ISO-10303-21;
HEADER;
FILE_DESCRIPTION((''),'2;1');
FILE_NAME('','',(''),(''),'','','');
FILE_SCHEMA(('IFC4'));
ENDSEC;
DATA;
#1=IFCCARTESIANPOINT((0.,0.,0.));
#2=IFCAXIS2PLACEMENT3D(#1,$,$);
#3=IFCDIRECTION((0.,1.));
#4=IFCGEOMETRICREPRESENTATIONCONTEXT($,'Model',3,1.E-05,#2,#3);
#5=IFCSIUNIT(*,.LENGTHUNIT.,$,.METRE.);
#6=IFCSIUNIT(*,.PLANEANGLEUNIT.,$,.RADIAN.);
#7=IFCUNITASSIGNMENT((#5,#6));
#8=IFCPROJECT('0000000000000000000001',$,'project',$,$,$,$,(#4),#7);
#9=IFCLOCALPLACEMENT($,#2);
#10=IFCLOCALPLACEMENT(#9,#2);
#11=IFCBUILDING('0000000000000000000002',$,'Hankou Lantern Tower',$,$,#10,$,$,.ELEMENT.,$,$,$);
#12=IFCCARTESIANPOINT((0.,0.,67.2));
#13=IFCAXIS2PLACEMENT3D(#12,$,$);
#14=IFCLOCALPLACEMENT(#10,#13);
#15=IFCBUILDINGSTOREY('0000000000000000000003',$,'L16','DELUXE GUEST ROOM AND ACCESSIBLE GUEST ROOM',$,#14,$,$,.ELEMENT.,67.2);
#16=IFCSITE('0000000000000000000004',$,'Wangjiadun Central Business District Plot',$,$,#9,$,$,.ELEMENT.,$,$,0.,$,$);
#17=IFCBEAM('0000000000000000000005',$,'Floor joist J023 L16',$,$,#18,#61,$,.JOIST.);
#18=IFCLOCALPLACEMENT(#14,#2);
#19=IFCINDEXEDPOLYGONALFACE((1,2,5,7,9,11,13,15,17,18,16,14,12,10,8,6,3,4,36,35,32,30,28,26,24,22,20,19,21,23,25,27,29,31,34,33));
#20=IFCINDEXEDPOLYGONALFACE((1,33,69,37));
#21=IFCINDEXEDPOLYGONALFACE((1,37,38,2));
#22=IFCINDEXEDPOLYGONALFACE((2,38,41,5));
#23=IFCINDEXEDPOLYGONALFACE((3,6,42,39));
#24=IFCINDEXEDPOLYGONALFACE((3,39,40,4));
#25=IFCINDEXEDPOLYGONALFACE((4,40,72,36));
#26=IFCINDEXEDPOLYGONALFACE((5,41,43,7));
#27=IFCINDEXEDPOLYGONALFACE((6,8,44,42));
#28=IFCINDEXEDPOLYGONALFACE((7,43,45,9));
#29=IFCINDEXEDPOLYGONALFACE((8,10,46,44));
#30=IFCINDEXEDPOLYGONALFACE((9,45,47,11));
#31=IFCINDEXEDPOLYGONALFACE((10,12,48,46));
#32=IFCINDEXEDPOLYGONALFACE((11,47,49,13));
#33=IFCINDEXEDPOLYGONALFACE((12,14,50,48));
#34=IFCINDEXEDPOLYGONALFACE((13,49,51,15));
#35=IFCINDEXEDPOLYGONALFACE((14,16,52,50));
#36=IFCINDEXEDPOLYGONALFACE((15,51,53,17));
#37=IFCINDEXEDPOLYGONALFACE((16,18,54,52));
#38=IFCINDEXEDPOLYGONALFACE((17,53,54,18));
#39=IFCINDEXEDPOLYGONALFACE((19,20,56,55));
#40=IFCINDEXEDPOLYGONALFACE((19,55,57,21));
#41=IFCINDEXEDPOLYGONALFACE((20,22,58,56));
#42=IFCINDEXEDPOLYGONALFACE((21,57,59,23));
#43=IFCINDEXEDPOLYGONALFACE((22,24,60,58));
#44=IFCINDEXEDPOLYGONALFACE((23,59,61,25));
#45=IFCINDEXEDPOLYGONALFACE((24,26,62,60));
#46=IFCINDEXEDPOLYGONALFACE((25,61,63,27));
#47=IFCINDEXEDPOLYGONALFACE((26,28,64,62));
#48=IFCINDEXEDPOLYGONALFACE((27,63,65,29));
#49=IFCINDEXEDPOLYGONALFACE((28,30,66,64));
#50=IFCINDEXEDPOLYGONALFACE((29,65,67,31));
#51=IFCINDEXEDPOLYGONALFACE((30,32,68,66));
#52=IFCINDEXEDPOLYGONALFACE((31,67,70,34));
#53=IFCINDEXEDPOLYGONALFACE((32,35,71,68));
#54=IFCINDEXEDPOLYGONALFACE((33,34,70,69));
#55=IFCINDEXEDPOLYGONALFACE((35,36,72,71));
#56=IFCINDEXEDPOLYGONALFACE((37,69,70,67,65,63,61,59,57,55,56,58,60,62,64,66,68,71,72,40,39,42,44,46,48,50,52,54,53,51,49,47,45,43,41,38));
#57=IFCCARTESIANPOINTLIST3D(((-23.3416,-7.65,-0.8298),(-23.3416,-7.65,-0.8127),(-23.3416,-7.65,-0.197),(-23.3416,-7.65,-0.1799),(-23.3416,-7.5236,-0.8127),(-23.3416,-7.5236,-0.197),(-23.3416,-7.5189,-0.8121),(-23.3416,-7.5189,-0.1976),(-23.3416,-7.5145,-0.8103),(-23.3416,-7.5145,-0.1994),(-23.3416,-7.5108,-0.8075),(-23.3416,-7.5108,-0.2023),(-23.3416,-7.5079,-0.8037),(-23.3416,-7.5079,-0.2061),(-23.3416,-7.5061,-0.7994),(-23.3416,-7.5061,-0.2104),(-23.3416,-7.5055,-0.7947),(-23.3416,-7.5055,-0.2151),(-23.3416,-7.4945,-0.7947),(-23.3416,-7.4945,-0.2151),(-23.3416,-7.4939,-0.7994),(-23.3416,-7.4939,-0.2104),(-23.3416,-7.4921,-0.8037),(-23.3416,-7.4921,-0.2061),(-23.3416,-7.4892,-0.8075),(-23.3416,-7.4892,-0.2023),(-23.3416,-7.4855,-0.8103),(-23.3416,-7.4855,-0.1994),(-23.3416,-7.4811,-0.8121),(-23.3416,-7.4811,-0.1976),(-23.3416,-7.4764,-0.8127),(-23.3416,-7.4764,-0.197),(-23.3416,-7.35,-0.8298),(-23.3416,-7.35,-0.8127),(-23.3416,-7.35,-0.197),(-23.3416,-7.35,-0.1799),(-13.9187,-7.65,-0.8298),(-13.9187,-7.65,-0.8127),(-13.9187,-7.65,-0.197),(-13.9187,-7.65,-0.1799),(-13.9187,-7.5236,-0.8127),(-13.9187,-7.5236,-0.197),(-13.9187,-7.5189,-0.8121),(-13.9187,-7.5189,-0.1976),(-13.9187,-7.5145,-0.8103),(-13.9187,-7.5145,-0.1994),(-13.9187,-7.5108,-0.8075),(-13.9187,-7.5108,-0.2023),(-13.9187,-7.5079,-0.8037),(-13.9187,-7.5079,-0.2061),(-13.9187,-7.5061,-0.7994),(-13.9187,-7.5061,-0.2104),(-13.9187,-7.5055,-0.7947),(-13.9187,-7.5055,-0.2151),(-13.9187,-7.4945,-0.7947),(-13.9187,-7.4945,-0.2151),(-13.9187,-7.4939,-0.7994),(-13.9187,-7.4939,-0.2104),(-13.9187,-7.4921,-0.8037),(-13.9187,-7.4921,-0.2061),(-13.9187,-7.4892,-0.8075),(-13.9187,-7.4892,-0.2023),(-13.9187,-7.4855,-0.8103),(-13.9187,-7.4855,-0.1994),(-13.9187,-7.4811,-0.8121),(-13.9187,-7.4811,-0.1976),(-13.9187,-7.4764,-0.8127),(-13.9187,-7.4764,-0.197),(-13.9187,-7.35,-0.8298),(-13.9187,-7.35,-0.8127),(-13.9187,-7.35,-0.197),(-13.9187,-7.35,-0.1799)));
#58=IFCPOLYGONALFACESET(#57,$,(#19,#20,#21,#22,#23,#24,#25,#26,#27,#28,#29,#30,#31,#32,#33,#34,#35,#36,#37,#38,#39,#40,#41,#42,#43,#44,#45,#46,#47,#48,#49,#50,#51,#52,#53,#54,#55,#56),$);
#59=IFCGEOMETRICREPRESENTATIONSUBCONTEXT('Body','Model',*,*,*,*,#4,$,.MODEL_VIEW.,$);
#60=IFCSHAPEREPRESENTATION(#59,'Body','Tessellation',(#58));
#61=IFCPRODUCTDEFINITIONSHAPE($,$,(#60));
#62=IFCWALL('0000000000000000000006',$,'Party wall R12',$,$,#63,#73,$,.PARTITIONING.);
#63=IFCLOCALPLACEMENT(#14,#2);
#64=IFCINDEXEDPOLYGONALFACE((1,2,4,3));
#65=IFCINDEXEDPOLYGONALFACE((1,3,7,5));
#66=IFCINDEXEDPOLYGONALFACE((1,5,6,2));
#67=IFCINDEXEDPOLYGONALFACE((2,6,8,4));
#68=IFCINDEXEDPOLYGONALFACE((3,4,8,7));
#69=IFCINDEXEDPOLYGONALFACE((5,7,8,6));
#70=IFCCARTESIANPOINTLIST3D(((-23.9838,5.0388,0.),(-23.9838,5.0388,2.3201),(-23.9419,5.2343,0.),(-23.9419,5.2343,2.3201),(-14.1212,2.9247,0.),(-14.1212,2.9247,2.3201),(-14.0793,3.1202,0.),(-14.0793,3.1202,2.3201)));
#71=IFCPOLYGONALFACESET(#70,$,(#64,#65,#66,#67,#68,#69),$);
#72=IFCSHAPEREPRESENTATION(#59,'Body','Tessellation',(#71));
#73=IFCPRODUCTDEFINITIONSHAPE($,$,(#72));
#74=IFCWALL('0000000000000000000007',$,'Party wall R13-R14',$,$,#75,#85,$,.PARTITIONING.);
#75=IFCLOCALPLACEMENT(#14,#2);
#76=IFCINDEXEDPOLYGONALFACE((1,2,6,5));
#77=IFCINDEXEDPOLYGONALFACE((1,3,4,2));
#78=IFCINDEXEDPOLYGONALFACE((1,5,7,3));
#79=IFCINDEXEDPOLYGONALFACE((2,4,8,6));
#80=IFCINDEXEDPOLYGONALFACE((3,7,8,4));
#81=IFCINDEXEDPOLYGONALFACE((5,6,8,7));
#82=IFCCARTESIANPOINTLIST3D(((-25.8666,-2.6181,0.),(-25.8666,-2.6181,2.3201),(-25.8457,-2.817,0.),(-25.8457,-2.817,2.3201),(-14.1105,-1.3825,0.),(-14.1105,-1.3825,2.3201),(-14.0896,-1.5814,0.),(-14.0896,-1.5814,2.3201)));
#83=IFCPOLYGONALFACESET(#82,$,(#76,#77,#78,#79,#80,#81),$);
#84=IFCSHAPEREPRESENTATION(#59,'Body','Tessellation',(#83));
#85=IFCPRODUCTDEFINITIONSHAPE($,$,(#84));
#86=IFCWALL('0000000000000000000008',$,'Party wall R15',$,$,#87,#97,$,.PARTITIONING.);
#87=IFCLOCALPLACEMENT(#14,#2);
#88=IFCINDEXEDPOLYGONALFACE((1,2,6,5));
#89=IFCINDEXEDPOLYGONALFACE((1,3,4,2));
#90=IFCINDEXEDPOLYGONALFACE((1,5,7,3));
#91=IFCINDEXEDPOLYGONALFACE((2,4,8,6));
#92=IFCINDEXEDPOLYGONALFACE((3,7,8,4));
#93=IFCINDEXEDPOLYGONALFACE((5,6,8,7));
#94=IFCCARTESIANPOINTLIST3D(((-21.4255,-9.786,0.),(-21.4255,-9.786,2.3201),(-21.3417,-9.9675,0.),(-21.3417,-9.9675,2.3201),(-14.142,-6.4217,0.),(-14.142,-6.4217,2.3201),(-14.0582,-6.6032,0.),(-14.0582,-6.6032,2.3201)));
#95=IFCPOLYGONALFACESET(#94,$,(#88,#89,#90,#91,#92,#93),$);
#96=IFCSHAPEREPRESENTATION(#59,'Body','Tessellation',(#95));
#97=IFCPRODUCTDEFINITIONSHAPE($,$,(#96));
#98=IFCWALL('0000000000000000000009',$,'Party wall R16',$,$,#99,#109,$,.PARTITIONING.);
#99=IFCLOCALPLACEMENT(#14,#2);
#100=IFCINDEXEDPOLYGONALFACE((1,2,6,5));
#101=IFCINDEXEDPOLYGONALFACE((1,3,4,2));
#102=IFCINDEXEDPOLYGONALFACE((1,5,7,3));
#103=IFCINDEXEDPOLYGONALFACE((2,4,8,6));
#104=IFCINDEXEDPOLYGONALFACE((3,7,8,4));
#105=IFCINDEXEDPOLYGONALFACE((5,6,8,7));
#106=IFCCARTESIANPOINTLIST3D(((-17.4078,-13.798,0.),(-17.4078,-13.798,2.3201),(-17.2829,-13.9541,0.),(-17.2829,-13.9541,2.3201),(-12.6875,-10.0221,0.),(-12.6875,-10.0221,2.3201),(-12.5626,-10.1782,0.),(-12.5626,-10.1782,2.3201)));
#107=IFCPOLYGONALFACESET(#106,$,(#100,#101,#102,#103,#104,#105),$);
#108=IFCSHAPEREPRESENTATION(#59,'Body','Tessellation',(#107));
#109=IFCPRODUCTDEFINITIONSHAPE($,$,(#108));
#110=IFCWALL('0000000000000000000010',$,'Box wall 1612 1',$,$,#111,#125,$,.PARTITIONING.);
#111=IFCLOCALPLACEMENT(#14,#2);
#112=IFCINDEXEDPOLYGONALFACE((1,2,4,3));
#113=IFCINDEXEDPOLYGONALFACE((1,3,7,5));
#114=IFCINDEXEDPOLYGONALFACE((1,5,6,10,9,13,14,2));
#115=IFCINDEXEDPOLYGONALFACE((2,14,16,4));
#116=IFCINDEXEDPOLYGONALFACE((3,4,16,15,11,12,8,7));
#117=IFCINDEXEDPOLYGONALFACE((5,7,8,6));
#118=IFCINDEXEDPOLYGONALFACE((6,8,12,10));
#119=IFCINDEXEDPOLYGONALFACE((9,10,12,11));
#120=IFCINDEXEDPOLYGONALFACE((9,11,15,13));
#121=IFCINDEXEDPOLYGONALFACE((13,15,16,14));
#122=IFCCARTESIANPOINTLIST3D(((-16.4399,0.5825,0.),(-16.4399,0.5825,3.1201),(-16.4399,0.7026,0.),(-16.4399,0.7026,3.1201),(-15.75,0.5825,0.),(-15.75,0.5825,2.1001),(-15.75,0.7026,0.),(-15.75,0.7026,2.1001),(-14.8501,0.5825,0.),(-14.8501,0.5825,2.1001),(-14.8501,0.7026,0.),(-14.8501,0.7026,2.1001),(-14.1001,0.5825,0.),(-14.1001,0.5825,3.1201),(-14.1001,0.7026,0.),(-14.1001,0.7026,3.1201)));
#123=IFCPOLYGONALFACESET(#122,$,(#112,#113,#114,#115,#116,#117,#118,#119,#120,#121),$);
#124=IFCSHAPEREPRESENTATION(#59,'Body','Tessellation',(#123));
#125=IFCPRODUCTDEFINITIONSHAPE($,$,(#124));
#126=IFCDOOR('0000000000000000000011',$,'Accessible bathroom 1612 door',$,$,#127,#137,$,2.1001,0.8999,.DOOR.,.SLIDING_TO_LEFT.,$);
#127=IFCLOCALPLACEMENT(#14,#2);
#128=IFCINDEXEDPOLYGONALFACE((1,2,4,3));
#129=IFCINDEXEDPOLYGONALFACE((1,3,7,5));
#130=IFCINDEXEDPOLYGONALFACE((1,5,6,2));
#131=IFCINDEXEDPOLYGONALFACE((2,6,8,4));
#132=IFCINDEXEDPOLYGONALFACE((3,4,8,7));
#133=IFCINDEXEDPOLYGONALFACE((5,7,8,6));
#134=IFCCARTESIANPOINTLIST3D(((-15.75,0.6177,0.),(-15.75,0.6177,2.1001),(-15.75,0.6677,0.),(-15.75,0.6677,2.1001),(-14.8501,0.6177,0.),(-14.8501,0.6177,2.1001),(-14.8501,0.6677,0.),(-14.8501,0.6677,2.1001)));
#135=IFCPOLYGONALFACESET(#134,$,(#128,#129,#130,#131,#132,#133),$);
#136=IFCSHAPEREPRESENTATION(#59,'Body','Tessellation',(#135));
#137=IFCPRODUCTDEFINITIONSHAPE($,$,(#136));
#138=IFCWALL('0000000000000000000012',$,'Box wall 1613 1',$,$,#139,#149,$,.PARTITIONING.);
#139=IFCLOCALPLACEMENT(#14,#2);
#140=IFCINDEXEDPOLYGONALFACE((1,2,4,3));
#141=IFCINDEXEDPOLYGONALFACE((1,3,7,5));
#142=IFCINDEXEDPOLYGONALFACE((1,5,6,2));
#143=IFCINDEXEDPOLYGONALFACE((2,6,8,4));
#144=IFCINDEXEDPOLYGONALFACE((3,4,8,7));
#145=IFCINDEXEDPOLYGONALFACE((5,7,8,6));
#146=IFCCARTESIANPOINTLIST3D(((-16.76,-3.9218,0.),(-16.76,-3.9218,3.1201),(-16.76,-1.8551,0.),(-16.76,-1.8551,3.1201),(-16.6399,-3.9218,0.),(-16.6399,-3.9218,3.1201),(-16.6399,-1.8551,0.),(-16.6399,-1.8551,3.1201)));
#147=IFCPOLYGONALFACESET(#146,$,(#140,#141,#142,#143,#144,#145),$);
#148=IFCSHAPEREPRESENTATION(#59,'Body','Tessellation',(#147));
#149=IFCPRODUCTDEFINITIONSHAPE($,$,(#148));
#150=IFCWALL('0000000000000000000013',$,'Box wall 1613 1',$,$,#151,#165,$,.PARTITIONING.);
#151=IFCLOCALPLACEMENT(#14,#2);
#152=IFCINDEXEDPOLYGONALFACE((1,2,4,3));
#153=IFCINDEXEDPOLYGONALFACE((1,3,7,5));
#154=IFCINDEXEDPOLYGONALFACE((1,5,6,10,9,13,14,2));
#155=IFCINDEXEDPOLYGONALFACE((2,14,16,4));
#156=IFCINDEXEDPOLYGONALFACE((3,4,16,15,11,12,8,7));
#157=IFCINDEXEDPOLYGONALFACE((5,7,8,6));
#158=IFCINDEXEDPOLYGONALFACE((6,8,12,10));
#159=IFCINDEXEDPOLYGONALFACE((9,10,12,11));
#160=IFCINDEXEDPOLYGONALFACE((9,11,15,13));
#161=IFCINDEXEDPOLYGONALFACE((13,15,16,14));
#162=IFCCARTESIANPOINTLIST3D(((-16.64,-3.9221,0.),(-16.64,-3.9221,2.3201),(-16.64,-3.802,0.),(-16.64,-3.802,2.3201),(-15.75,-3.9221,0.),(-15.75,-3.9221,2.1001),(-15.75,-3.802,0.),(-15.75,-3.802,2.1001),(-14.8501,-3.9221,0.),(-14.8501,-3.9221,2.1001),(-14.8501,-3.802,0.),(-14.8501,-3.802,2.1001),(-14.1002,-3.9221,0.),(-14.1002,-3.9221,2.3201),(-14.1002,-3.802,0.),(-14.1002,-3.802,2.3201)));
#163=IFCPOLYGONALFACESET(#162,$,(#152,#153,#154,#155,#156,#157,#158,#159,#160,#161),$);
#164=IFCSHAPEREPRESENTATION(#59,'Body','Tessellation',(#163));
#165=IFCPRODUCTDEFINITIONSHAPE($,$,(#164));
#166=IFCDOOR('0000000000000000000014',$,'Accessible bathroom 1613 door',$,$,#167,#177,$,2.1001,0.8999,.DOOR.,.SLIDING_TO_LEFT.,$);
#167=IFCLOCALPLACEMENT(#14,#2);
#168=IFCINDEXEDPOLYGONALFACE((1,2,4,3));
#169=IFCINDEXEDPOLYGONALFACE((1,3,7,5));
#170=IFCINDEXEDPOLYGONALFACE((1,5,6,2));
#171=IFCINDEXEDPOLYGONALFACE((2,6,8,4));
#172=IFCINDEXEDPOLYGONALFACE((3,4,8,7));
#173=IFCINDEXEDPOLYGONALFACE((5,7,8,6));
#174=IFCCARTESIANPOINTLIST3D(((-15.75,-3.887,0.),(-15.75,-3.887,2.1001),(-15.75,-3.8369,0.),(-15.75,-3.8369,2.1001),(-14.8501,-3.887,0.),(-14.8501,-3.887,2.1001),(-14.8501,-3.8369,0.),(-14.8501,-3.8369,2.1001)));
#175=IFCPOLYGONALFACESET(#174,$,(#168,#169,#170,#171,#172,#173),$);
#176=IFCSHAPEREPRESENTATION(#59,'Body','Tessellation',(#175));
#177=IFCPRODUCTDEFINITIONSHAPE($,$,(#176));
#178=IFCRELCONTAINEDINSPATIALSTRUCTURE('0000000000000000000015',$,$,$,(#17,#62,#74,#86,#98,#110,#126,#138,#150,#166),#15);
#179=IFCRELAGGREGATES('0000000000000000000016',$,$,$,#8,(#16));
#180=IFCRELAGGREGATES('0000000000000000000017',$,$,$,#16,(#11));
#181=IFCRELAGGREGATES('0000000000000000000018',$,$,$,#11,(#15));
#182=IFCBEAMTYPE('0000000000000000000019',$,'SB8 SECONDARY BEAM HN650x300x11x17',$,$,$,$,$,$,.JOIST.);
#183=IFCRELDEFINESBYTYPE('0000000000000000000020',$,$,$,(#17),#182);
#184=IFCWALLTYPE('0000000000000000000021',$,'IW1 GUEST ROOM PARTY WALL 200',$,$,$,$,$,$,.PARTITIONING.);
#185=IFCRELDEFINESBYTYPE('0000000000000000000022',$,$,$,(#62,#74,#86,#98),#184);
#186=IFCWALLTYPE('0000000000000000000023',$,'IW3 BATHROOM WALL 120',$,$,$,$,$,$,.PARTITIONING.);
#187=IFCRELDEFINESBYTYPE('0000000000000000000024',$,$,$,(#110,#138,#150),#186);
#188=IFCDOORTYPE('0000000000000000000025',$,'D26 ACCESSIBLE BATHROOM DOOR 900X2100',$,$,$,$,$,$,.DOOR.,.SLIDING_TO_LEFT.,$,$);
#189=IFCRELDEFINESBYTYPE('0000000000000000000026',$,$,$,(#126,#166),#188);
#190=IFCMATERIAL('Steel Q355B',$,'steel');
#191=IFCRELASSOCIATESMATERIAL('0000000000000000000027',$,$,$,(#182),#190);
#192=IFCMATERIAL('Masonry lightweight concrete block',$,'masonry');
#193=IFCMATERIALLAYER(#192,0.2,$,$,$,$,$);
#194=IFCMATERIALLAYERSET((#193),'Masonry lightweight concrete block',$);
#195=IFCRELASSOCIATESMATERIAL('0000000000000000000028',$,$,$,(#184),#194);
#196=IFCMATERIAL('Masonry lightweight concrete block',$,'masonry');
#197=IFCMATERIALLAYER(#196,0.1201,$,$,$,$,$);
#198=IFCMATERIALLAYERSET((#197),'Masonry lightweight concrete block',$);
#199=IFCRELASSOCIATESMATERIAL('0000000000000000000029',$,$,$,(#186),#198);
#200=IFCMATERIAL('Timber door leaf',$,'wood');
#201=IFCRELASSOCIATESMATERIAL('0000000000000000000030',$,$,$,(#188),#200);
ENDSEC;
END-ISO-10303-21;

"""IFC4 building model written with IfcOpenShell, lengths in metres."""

from ifc_helpers import new_model, si_unit, direction, frame, frame_2d, origin, origin_2d, place, context, subcontext, project, spatial, rectangle, i_section, extrude, material, layer, layer_set, material_profile, profile_set, type_object, element, fill, save


model = new_model("IFC4")

# Units and contexts
model_context = context("Model", 3, precision=1e-05, world=origin(), true_north=direction((0.0, 1.0)))
body_context = subcontext(model_context, "Body", "Model", "MODEL_VIEW")
ifc_project = project(units=[si_unit("LENGTHUNIT", "METRE"), si_unit("PLANEANGLEUNIT", "RADIAN")], contexts=[model_context])

# Site, building, storey
site_placement = place(None, origin())
site = spatial("IfcSite", under=ifc_project, at=site_placement, Name="Wangjiadun Central Business District Plot", CompositionType="ELEMENT", RefElevation=0.0)
building_placement = place(site_placement, origin())
building = spatial("IfcBuilding", under=site, at=building_placement, Name="Hankou Lantern Tower", CompositionType="ELEMENT")
storey_placement = place(building_placement, frame((0.0, 0.0, 67.2)))
storey = spatial("IfcBuildingStorey", under=building, at=storey_placement, Name="L16", Description="DELUXE GUEST ROOM AND ACCESSIBLE GUEST ROOM", CompositionType="ELEMENT", Elevation=67.2)

# Beam
ifc_material_1 = material(Name="Steel Q355B", Category="steel")
ifc_material_profile_1 = material_profile(ifc_material_1, i_section(OverallWidth=0.3, OverallDepth=0.6499, WebThickness=0.011, FlangeThickness=0.0171, FilletRadius=0.0181, at=origin_2d()), Name="HN650x300x11x17")
ifc_profile_set_1 = profile_set([ifc_material_profile_1], Name="Steel Q355B")
beam_type_1 = type_object("IfcBeamType", Name="SB8 SECONDARY BEAM HN650x300x11x17", PredefinedType="JOIST", material=ifc_profile_set_1)
beam_1_placement = place(storey_placement, frame((-23.3416, -7.5, -0.5049), z_axis=(1.0, 0.0, 0.0), x_axis=(0.0, 1.0, 0.0)))
element("IfcBeam", 1, at=beam_1_placement, inside=storey, type_object=beam_type_1, Name="Floor joist J023 L16", PredefinedType="JOIST", context=body_context, shape_type="SweptSolid", body=[
    extrude(i_section(OverallWidth=0.3, OverallDepth=0.6499, WebThickness=0.011, FlangeThickness=0.0171, FilletRadius=0.0181, at=origin_2d()), origin(), (0.0, 0.0, 1.0), 9.4229),
])

# Walls
ifc_material_2 = material(Name="Masonry lightweight concrete block", Category="masonry")
ifc_layer_1 = layer(ifc_material_2, 0.2)
ifc_layer_set_1 = layer_set([ifc_layer_1], Name="Masonry lightweight concrete block")
wall_type_1 = type_object("IfcWallType", Name="IW1 GUEST ROOM PARTY WALL 200", PredefinedType="PARTITIONING", material=ifc_layer_set_1)
wall_1_placement = place(storey_placement, frame((-14.1001, 3.0225, 0.0), z_axis=(0.0, 0.0, 1.0), x_axis=(-0.97779, 0.209587, 0.0)))
element("IfcWall", 2, at=wall_1_placement, inside=storey, type_object=wall_type_1, Name="Party wall R12", PredefinedType="PARTITIONING", context=body_context, shape_type="SweptSolid", body=[
    extrude(rectangle(XDim=10.0867, YDim=0.2, at=frame_2d((5.0435, 0.0))), origin(), (0.0, 0.0, 1.0), 2.3201),
])
wall_2_placement = place(storey_placement, frame((-14.1001, -1.4819, 0.0), z_axis=(0.0, 0.0, 1.0), x_axis=(-0.994522, -0.104527, 0.0)))
element("IfcWall", 3, at=wall_2_placement, inside=storey, type_object=wall_type_1, Name="Party wall R13-R14", PredefinedType="PARTITIONING", context=body_context, shape_type="SweptSolid", body=[
    extrude(rectangle(XDim=11.8208, YDim=0.2, at=frame_2d((5.9104, 0.0))), origin(), (0.0, 0.0, 1.0), 2.3201),
])
wall_3_placement = place(storey_placement, frame((-14.1001, -6.5125, 0.0), z_axis=(0.0, 0.0, 1.0), x_axis=(-0.907833, -0.419332, 0.0)))
element("IfcWall", 4, at=wall_3_placement, inside=storey, type_object=wall_type_1, Name="Party wall R15", PredefinedType="PARTITIONING", context=body_context, shape_type="SweptSolid", body=[
    extrude(rectangle(XDim=8.0229, YDim=0.2, at=frame_2d((4.0115, 0.0))), origin(), (0.0, 0.0, 1.0), 2.3201),
])
wall_4_placement = place(storey_placement, frame((-12.625, -10.1001, 0.0), z_axis=(0.0, 0.0, 1.0), x_axis=(-0.780892, -0.624665, 0.0)))
element("IfcWall", 5, at=wall_4_placement, inside=storey, type_object=wall_type_1, Name="Party wall R16", PredefinedType="PARTITIONING", context=body_context, shape_type="SweptSolid", body=[
    extrude(rectangle(XDim=6.0447, YDim=0.2, at=frame_2d((3.0225, 0.0))), origin(), (0.0, 0.0, 1.0), 2.3201),
])

# Wall, opening, door
ifc_material_3 = material(Name="Masonry lightweight concrete block", Category="masonry")
ifc_layer_2 = layer(ifc_material_3, 0.1201)
ifc_layer_set_2 = layer_set([ifc_layer_2], Name="Masonry lightweight concrete block")
wall_type_2 = type_object("IfcWallType", Name="IW3 BATHROOM WALL 120", PredefinedType="PARTITIONING", material=ifc_layer_set_2)
wall_5_placement = place(storey_placement, frame((-14.1001, 0.6426, 0.0), z_axis=(0.0, 0.0, 1.0), x_axis=(-1.0, 0.0, 0.0)))
wall_5 = element("IfcWall", 6, at=wall_5_placement, inside=storey, type_object=wall_type_2, Name="Box wall 1612 1", PredefinedType="PARTITIONING", context=body_context, shape_type="SweptSolid", body=[
    extrude(rectangle(XDim=2.3398, YDim=0.1201, at=frame_2d((1.1699, 0.0))), origin(), (0.0, 0.0, 1.0), 3.1201),
])
opening_1_placement = place(wall_5_placement, frame((0.75, 0.0, 0.0)))
opening_1 = element("IfcOpeningElement", 7, at=opening_1_placement, cuts=wall_5, PredefinedType="OPENING", context=body_context, shape_type="SweptSolid", body=[
    extrude(rectangle(XDim=0.8999, YDim=2.1001, at=frame_2d((0.45, 1.05))), frame((0.0, 0.0701, 0.0), z_axis=(0.0, -1.0, 0.0), x_axis=(1.0, 0.0, 0.0)), (0.0, 0.0, 1.0), 0.1401),
])
ifc_material_4 = material(Name="Timber door leaf", Category="wood")
door_type_1 = type_object("IfcDoorType", Name="D26 ACCESSIBLE BATHROOM DOOR 900X2100", OperationType="SLIDING_TO_LEFT", PredefinedType="DOOR", material=ifc_material_4)
door_1_placement = place(opening_1_placement, origin())
door_1 = element("IfcDoor", 8, at=door_1_placement, inside=storey, type_object=door_type_1, Name="Accessible bathroom 1612 door", OperationType="SLIDING_TO_LEFT", OverallHeight=2.1001, OverallWidth=0.8999, PredefinedType="DOOR", context=body_context, shape_type="SweptSolid", body=[
    extrude(rectangle(XDim=0.8999, YDim=2.1001, at=frame_2d((0.45, 1.05))), frame((0.0, 0.0249, 0.0), z_axis=(0.0, -1.0, 0.0), x_axis=(1.0, 0.0, 0.0)), (0.0, 0.0, 1.0), 0.05),
])
fill(opening_1, door_1)

# Wall
wall_6_placement = place(storey_placement, frame((-16.7, -1.8552, 0.0), z_axis=(0.0, 0.0, 1.0), x_axis=(0.0, -1.0, 0.0)))
element("IfcWall", 9, at=wall_6_placement, inside=storey, type_object=wall_type_2, Name="Box wall 1613 1", PredefinedType="PARTITIONING", context=body_context, shape_type="SweptSolid", body=[
    extrude(rectangle(XDim=2.0667, YDim=0.1201, at=frame_2d((1.0332, 0.0))), origin(), (0.0, 0.0, 1.0), 3.1201),
])

# Wall, opening, door
wall_7_placement = place(storey_placement, frame((-14.1001, -3.8621, 0.0), z_axis=(0.0, 0.0, 1.0), x_axis=(-1.0, 0.0, 0.0)))
wall_7 = element("IfcWall", 10, at=wall_7_placement, inside=storey, type_object=wall_type_2, Name="Box wall 1613 1", PredefinedType="PARTITIONING", context=body_context, shape_type="SweptSolid", body=[
    extrude(rectangle(XDim=2.5398, YDim=0.1201, at=frame_2d((1.27, 0.0))), origin(), (0.0, 0.0, 1.0), 2.3201),
])
opening_2_placement = place(wall_7_placement, frame((0.75, 0.0, 0.0)))
opening_2 = element("IfcOpeningElement", 11, at=opening_2_placement, cuts=wall_7, PredefinedType="OPENING", context=body_context, shape_type="SweptSolid", body=[
    extrude(rectangle(XDim=0.8999, YDim=2.1001, at=frame_2d((0.45, 1.05))), frame((0.0, 0.0701, 0.0), z_axis=(0.0, -1.0, 0.0), x_axis=(1.0, 0.0, 0.0)), (0.0, 0.0, 1.0), 0.1401),
])
door_2_placement = place(opening_2_placement, origin())
door_2 = element("IfcDoor", 12, at=door_2_placement, inside=storey, type_object=door_type_1, Name="Accessible bathroom 1613 door", OperationType="SLIDING_TO_LEFT", OverallHeight=2.1001, OverallWidth=0.8999, PredefinedType="DOOR", context=body_context, shape_type="SweptSolid", body=[
    extrude(rectangle(XDim=0.8999, YDim=2.1001, at=frame_2d((0.45, 1.05))), frame((0.0, 0.0249, 0.0), z_axis=(0.0, -1.0, 0.0), x_axis=(1.0, 0.0, 0.0)), (0.0, 0.0, 1.0), 0.05),
])
fill(opening_2, door_2)

save(model, "model.ifc")
